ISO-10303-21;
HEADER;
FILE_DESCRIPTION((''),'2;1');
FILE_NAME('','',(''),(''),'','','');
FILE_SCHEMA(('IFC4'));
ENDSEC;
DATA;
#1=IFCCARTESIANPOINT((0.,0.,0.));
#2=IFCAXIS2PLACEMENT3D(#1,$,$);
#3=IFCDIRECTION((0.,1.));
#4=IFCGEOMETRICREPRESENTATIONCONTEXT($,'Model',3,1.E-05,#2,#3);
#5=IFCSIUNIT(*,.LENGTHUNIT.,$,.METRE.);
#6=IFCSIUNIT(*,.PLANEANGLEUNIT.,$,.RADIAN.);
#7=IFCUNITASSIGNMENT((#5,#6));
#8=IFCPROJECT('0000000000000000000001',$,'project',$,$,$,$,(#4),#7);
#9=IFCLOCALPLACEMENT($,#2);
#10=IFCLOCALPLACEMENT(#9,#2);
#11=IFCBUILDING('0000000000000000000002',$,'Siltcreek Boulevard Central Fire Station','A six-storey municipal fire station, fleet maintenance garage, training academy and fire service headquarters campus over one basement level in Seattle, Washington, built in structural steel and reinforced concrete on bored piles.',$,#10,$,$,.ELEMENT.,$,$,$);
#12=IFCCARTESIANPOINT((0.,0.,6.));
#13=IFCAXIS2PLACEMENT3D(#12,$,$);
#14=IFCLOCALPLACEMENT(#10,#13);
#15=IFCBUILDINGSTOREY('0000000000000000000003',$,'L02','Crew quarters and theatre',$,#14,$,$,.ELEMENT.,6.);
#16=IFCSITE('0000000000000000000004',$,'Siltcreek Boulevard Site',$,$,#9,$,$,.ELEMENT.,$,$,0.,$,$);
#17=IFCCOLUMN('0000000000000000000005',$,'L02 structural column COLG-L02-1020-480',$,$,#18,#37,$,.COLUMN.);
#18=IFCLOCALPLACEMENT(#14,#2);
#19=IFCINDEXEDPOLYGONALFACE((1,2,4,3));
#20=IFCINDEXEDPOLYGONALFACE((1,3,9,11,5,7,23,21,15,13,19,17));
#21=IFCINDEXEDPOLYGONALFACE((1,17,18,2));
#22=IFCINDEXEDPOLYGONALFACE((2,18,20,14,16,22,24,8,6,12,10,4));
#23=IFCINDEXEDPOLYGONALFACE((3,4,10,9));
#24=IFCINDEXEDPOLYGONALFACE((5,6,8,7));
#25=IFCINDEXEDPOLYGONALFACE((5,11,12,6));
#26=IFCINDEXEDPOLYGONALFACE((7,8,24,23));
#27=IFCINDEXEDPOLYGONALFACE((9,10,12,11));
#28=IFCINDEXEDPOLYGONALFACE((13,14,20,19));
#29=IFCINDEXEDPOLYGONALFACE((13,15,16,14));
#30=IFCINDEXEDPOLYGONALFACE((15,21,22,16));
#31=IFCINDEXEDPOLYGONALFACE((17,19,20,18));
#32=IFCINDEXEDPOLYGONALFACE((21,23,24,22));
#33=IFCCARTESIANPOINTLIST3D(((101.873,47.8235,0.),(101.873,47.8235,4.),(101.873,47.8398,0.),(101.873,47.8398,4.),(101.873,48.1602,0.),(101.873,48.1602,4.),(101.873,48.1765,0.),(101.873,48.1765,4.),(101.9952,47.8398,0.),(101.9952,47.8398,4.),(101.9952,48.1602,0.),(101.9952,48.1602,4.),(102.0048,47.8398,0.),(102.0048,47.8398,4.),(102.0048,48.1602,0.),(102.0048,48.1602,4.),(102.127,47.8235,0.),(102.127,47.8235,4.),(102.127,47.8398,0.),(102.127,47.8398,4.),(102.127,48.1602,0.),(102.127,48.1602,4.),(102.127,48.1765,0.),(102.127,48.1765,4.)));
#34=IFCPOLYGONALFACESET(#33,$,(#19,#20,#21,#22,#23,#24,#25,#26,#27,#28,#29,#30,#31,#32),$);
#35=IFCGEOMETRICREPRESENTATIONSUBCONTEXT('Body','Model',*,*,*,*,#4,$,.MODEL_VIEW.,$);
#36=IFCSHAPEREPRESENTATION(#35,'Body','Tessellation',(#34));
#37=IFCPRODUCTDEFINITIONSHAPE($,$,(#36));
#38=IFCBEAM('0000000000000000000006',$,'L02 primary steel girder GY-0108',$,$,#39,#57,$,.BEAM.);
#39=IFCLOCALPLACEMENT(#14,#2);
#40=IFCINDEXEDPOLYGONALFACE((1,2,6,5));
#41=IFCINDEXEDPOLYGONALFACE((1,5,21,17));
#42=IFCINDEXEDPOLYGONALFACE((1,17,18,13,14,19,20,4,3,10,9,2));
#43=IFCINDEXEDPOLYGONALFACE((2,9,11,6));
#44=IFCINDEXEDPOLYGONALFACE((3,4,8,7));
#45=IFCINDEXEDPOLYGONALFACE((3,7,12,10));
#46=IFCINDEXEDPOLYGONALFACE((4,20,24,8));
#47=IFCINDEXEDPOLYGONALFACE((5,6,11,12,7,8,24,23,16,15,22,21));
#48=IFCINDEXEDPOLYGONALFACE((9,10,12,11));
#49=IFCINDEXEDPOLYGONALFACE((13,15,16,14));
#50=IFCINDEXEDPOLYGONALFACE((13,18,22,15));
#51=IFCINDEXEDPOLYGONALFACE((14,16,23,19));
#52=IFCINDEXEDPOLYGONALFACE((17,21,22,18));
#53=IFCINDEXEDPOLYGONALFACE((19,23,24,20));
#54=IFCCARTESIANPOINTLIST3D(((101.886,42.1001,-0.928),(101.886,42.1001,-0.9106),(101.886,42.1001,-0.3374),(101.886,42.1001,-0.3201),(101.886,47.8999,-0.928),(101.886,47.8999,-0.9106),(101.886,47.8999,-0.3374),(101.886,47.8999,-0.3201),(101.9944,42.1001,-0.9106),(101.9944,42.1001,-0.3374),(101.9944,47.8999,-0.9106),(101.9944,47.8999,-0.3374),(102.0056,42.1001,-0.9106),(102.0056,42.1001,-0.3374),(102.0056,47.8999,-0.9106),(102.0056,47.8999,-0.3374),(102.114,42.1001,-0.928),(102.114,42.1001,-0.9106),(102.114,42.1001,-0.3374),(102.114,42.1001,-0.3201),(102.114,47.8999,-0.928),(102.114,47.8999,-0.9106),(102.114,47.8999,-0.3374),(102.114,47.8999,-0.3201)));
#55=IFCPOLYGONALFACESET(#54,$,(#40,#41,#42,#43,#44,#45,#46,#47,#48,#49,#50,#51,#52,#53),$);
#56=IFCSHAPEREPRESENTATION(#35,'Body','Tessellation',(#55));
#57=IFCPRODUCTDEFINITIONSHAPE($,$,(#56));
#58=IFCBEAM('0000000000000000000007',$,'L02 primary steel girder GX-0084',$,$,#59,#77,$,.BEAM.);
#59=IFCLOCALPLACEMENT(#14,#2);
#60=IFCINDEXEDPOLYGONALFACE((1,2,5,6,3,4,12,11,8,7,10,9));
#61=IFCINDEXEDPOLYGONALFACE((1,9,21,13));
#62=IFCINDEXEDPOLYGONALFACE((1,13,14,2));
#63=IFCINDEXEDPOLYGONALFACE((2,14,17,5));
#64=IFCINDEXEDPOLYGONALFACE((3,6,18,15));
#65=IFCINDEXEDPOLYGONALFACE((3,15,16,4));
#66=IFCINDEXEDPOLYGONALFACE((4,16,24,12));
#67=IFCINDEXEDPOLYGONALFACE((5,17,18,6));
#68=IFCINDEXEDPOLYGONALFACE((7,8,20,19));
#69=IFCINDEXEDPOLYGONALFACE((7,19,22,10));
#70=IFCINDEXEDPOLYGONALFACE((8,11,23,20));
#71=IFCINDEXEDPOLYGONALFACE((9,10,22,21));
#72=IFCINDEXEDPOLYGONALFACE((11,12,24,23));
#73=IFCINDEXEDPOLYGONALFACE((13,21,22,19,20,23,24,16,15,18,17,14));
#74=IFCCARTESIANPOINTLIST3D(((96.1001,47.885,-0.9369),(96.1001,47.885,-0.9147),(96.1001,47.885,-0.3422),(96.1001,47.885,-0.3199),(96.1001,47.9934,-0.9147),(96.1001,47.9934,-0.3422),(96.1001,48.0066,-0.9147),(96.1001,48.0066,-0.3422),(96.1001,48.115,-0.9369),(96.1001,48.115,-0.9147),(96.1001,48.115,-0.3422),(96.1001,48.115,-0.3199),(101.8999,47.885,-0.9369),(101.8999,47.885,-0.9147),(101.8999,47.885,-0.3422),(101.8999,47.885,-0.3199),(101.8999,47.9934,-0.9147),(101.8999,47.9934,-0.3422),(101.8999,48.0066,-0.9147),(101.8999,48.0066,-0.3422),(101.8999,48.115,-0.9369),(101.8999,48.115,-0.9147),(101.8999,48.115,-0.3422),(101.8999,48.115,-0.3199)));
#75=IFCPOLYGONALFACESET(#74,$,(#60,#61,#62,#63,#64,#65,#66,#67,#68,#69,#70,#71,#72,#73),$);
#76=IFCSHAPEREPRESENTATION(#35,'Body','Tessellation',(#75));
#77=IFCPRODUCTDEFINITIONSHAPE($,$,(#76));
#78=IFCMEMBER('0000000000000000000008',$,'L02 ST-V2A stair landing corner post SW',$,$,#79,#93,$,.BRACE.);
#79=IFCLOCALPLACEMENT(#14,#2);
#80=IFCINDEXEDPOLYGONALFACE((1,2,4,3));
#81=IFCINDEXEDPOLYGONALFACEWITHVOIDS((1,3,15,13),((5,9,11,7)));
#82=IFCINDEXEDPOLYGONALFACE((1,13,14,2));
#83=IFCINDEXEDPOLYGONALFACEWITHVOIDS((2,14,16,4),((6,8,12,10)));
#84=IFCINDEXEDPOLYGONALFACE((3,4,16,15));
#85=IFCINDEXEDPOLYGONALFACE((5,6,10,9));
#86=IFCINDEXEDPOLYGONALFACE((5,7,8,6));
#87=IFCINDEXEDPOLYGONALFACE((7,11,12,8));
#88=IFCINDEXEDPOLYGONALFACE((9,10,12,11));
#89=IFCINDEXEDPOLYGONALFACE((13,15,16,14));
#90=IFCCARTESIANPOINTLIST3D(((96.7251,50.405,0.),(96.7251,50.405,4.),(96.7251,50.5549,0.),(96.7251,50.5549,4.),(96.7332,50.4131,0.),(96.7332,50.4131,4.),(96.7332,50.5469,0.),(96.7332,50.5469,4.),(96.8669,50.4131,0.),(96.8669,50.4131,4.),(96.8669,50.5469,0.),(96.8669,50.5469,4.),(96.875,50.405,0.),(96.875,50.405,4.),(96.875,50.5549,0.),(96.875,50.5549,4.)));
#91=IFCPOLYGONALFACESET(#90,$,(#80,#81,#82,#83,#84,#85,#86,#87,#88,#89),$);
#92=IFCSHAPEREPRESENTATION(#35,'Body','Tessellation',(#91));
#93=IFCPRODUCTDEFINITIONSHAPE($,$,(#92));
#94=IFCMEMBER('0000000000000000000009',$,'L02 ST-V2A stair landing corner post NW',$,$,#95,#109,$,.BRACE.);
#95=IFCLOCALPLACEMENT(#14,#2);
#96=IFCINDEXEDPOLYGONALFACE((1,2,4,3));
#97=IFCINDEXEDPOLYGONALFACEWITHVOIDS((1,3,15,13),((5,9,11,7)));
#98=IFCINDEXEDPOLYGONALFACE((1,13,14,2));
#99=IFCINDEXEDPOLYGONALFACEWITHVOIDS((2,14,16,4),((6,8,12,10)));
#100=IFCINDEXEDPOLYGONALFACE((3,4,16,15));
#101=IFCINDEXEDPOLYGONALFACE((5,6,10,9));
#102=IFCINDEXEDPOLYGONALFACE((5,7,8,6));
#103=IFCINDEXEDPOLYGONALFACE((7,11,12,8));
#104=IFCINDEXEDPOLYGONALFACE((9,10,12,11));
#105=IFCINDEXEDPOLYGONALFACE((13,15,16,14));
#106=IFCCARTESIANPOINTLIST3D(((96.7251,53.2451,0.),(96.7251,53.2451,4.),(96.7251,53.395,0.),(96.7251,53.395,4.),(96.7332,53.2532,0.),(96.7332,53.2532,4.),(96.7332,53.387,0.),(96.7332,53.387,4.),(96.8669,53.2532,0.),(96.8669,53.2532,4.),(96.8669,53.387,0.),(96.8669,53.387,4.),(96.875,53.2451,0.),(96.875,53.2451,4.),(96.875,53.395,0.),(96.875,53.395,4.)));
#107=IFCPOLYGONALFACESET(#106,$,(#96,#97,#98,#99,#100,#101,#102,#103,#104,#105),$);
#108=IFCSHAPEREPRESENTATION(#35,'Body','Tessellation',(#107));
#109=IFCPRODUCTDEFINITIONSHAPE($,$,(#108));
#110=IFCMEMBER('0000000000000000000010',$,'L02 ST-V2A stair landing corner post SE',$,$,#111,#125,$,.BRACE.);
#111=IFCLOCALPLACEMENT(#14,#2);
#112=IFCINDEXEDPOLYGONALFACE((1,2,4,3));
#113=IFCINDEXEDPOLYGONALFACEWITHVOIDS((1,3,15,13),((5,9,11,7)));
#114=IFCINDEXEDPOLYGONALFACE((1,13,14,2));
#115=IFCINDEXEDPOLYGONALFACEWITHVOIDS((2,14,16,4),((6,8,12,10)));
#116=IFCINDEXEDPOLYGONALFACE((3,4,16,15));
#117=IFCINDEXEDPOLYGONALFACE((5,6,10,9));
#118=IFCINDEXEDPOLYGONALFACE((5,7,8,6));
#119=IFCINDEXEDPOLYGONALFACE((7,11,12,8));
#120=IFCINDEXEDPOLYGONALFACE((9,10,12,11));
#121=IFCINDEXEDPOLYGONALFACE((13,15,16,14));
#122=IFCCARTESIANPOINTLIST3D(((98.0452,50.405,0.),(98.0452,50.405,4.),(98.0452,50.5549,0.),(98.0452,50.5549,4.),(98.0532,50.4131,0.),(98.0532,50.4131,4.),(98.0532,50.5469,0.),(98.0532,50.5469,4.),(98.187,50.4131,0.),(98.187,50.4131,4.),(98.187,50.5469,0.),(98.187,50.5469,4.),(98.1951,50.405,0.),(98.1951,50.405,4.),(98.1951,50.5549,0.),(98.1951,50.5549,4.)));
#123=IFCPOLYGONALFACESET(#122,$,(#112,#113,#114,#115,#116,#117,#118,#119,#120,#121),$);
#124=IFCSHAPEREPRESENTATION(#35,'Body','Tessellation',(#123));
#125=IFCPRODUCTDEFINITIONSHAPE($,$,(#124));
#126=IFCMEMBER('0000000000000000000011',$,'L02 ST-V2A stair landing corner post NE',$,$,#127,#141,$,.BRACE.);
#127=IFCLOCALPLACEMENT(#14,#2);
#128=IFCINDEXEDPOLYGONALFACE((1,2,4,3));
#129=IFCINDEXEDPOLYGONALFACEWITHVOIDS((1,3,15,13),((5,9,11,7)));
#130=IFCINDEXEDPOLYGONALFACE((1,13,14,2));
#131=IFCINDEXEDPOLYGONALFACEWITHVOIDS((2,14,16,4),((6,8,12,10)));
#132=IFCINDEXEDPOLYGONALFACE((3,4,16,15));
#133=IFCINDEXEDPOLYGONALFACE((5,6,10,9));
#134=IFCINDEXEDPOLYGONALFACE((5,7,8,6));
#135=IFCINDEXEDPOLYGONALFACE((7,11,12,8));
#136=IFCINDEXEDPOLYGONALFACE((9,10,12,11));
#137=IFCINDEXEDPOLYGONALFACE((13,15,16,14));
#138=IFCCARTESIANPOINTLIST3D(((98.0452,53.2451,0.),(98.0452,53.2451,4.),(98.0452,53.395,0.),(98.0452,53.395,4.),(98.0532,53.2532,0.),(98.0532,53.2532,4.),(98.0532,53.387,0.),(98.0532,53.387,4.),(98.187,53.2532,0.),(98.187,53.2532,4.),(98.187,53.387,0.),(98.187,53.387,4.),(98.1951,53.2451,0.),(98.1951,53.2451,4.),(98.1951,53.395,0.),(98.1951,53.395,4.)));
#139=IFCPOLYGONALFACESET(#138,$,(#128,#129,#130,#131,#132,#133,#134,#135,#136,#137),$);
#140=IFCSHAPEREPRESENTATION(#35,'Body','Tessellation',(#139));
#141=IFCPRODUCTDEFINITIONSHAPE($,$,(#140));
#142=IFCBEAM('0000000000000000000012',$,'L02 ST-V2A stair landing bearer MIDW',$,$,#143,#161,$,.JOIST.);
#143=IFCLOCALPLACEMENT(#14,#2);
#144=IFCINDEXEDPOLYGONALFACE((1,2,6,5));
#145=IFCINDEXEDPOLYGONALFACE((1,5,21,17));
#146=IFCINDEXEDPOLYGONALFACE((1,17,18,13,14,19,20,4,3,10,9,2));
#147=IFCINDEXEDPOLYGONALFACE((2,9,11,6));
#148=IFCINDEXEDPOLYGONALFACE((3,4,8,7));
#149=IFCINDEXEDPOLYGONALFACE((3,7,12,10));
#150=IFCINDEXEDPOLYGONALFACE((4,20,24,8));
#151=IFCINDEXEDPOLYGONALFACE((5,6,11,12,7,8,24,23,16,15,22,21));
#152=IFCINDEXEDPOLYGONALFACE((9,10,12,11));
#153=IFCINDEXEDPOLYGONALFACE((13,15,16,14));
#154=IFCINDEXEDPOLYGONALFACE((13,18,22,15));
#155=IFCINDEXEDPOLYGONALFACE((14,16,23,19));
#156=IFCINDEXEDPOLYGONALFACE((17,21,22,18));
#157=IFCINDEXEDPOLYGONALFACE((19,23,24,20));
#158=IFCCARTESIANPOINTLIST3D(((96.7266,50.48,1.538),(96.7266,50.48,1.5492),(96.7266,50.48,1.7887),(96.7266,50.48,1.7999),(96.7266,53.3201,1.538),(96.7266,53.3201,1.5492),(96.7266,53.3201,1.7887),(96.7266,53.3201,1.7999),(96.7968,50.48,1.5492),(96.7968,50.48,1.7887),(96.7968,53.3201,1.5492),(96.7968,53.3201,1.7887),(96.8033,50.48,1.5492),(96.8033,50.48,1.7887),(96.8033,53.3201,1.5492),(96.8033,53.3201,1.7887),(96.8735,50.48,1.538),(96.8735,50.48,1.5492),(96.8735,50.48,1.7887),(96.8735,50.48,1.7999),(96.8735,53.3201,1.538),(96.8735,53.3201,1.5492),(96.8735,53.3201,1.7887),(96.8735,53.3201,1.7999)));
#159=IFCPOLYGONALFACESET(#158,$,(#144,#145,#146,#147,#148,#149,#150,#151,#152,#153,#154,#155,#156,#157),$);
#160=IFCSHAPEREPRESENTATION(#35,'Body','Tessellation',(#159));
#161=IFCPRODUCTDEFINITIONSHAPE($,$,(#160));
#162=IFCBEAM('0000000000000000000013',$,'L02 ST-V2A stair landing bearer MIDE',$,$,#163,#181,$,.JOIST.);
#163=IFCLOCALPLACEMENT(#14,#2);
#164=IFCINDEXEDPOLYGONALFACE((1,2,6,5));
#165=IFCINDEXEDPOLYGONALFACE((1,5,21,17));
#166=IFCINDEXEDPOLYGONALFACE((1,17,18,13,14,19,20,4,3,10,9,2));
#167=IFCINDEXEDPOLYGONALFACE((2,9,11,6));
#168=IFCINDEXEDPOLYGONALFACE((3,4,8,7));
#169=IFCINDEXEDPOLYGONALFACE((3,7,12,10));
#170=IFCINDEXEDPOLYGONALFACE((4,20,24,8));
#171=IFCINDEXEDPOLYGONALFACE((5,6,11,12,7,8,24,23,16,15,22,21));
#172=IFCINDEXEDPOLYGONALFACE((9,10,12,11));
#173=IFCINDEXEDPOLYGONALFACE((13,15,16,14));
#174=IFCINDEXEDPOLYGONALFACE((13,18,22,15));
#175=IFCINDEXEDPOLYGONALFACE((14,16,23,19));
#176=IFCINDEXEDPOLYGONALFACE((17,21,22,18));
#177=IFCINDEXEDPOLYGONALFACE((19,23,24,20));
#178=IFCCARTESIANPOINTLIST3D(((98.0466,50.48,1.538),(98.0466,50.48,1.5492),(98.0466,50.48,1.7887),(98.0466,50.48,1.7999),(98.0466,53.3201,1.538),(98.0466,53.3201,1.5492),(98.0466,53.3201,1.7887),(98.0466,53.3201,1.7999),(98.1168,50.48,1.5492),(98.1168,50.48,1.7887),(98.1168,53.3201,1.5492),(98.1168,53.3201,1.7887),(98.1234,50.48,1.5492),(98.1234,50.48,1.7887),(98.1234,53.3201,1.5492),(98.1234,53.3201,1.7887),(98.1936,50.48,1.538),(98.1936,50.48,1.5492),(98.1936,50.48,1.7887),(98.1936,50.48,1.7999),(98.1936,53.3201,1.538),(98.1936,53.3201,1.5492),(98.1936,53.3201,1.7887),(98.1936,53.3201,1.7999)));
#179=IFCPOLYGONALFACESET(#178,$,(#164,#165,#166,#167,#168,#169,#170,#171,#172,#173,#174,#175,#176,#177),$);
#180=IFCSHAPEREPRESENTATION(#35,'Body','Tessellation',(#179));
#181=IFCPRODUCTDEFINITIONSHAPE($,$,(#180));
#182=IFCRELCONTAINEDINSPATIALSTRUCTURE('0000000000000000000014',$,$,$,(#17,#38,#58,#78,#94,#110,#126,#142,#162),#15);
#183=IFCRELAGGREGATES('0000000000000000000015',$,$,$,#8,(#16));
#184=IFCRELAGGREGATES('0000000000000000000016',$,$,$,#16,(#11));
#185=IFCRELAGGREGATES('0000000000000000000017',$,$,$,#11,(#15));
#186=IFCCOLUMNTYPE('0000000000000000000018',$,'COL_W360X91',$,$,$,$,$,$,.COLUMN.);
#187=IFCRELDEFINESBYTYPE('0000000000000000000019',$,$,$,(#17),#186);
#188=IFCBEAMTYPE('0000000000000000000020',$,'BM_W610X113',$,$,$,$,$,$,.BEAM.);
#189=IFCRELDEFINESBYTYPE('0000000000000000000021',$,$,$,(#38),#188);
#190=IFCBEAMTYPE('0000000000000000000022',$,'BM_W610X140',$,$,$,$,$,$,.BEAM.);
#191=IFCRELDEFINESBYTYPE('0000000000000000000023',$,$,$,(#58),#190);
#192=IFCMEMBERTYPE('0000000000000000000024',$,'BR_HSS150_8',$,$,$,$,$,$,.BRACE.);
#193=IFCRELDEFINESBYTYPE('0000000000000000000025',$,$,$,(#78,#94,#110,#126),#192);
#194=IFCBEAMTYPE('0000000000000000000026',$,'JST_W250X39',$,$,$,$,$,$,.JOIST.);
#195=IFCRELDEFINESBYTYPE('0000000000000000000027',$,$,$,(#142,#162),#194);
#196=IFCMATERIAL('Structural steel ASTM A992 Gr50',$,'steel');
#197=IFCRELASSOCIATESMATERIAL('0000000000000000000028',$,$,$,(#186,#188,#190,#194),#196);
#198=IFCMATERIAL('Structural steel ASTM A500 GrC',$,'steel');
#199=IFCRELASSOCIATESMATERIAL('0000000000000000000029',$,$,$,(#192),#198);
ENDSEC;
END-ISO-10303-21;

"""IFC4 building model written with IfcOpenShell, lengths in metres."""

from ifc_helpers import new_model, si_unit, direction, frame, origin, origin_2d, place, context, subcontext, project, spatial, hollow_rectangle, i_section, extrude, material, material_profile, profile_set, type_object, element, save


model = new_model("IFC4")

# Units and contexts
model_context = context("Model", 3, precision=1e-05, world=origin(), true_north=direction((0.0, 1.0)))
body_context = subcontext(model_context, "Body", "Model", "MODEL_VIEW")
ifc_project = project(units=[si_unit("LENGTHUNIT", "METRE"), si_unit("PLANEANGLEUNIT", "RADIAN")], contexts=[model_context])

# Site, building, storey
site_placement = place(None, origin())
site = spatial("IfcSite", under=ifc_project, at=site_placement, Name="Siltcreek Boulevard Site", CompositionType="ELEMENT", RefElevation=0.0)
building_placement = place(site_placement, origin())
building = spatial("IfcBuilding", under=site, at=building_placement, Name="Siltcreek Boulevard Central Fire Station", Description="A six-storey municipal fire station, fleet maintenance garage, training academy and fire service headquarters campus over one basement level in Seattle, Washington, built in structural steel and reinforced concrete on bored piles.", CompositionType="ELEMENT")
storey_placement = place(building_placement, frame((0.0, 0.0, 6.0)))
storey = spatial("IfcBuildingStorey", under=building, at=storey_placement, Name="L02", Description="Crew quarters and theatre", CompositionType="ELEMENT", Elevation=6.0)

# Column
ifc_material_1 = material(Name="Structural steel ASTM A992 Gr50", Category="steel")
ifc_material_profile_1 = material_profile(ifc_material_1, i_section(OverallWidth=0.2539, OverallDepth=0.353, WebThickness=0.0095, FlangeThickness=0.0164, at=origin_2d()), Name="W360X91")
ifc_profile_set_1 = profile_set([ifc_material_profile_1], Name="Structural steel ASTM A992 Gr50")
column_type = type_object("IfcColumnType", Name="COL_W360X91", PredefinedType="COLUMN", material=ifc_profile_set_1)
column_placement = place(storey_placement, frame((102.0, 48.0, 0.0), z_axis=(0.0, 0.0, 1.0), x_axis=(1.0, 0.0, 0.0)))
element("IfcColumn", 1, at=column_placement, inside=storey, type_object=column_type, Name="L02 structural column COLG-L02-1020-480", PredefinedType="COLUMN", context=body_context, shape_type="SweptSolid", body=[
    extrude(i_section(OverallWidth=0.2539, OverallDepth=0.353, WebThickness=0.0095, FlangeThickness=0.0164, at=origin_2d()), origin(), (0.0, 0.0, 1.0), 4.0),
])

# Beams
ifc_material_profile_2 = material_profile(ifc_material_1, i_section(OverallWidth=0.228, OverallDepth=0.6079, WebThickness=0.0112, FlangeThickness=0.0173, at=origin_2d()), Name="W610X113")
ifc_profile_set_2 = profile_set([ifc_material_profile_2], Name="Structural steel ASTM A992 Gr50")
beam_type_1 = type_object("IfcBeamType", Name="BM_W610X113", PredefinedType="BEAM", material=ifc_profile_set_2)
beam_1_placement = place(storey_placement, frame((102.0, 42.1001, -0.624), z_axis=(0.0, 1.0, 0.0), x_axis=(-1.0, 0.0, 0.0)))
element("IfcBeam", 2, at=beam_1_placement, inside=storey, type_object=beam_type_1, Name="L02 primary steel girder GY-0108", PredefinedType="BEAM", context=body_context, shape_type="SweptSolid", body=[
    extrude(i_section(OverallWidth=0.228, OverallDepth=0.6079, WebThickness=0.0112, FlangeThickness=0.0173, at=origin_2d()), origin(), (0.0, 0.0, 1.0), 5.7998),
])
ifc_material_profile_3 = material_profile(ifc_material_1, i_section(OverallWidth=0.23, OverallDepth=0.6169, WebThickness=0.0132, FlangeThickness=0.0222, at=origin_2d()), Name="W610X140")
ifc_profile_set_3 = profile_set([ifc_material_profile_3], Name="Structural steel ASTM A992 Gr50")
beam_type_2 = type_object("IfcBeamType", Name="BM_W610X140", PredefinedType="BEAM", material=ifc_profile_set_3)
beam_2_placement = place(storey_placement, frame((96.1001, 48.0, -0.6284), z_axis=(1.0, 0.0, 0.0), x_axis=(0.0, 1.0, 0.0)))
element("IfcBeam", 3, at=beam_2_placement, inside=storey, type_object=beam_type_2, Name="L02 primary steel girder GX-0084", PredefinedType="BEAM", context=body_context, shape_type="SweptSolid", body=[
    extrude(i_section(OverallWidth=0.23, OverallDepth=0.6169, WebThickness=0.0132, FlangeThickness=0.0222, at=origin_2d()), origin(), (0.0, 0.0, 1.0), 5.7998),
])

# Members
ifc_material_2 = material(Name="Structural steel ASTM A500 GrC", Category="steel")
ifc_material_profile_4 = material_profile(ifc_material_2, hollow_rectangle(XDim=0.1499, YDim=0.1499, WallThickness=0.0081, at=origin_2d()), Name="HSS150X150X8.0")
ifc_profile_set_4 = profile_set([ifc_material_profile_4], Name="Structural steel ASTM A500 GrC")
member_type = type_object("IfcMemberType", Name="BR_HSS150_8", PredefinedType="BRACE", material=ifc_profile_set_4)
for number, where, z_axis, x_axis, name in (
    (4, (96.8, 50.48, 0.0), (0.0, 0.0, 1.0), (1.0, 0.0, 0.0), "L02 ST-V2A stair landing corner post SW"),
    (5, (96.8, 53.3201, 0.0), (0.0, 0.0, 1.0), (1.0, 0.0, 0.0), "L02 ST-V2A stair landing corner post NW"),
    (6, (98.1201, 50.48, 0.0), (0.0, 0.0, 1.0), (1.0, 0.0, 0.0), "L02 ST-V2A stair landing corner post SE"),
    (7, (98.1201, 53.3201, 0.0), (0.0, 0.0, 1.0), (1.0, 0.0, 0.0), "L02 ST-V2A stair landing corner post NE"),
):
    element("IfcMember", number, at=place(storey_placement, frame(where, z_axis=z_axis, x_axis=x_axis)), inside=storey, type_object=member_type, Name=name, PredefinedType="BRACE", context=body_context, shape_type="SweptSolid", body=[
        extrude(hollow_rectangle(XDim=0.1499, YDim=0.1499, WallThickness=0.0081, at=origin_2d()), origin(), (0.0, 0.0, 1.0), 4.0),
    ])

# Beams
ifc_material_profile_5 = material_profile(ifc_material_1, i_section(OverallWidth=0.147, OverallDepth=0.262, WebThickness=0.0066, FlangeThickness=0.0112, at=origin_2d()), Name="W250X39")
ifc_profile_set_5 = profile_set([ifc_material_profile_5], Name="Structural steel ASTM A992 Gr50")
beam_type_3 = type_object("IfcBeamType", Name="JST_W250X39", PredefinedType="JOIST", material=ifc_profile_set_5)
for number, where, z_axis, x_axis, name in (
    (8, (96.8, 50.48, 1.6689), (0.0, 1.0, 0.0), (-1.0, 0.0, 0.0), "L02 ST-V2A stair landing bearer MIDW"),
    (9, (98.1201, 50.48, 1.6689), (0.0, 1.0, 0.0), (-1.0, 0.0, 0.0), "L02 ST-V2A stair landing bearer MIDE"),
):
    element("IfcBeam", number, at=place(storey_placement, frame(where, z_axis=z_axis, x_axis=x_axis)), inside=storey, type_object=beam_type_3, Name=name, PredefinedType="JOIST", context=body_context, shape_type="SweptSolid", body=[
        extrude(i_section(OverallWidth=0.147, OverallDepth=0.262, WebThickness=0.0066, FlangeThickness=0.0112, at=origin_2d()), origin(), (0.0, 0.0, 1.0), 2.8401),
    ])

save(model, "model.ifc")
